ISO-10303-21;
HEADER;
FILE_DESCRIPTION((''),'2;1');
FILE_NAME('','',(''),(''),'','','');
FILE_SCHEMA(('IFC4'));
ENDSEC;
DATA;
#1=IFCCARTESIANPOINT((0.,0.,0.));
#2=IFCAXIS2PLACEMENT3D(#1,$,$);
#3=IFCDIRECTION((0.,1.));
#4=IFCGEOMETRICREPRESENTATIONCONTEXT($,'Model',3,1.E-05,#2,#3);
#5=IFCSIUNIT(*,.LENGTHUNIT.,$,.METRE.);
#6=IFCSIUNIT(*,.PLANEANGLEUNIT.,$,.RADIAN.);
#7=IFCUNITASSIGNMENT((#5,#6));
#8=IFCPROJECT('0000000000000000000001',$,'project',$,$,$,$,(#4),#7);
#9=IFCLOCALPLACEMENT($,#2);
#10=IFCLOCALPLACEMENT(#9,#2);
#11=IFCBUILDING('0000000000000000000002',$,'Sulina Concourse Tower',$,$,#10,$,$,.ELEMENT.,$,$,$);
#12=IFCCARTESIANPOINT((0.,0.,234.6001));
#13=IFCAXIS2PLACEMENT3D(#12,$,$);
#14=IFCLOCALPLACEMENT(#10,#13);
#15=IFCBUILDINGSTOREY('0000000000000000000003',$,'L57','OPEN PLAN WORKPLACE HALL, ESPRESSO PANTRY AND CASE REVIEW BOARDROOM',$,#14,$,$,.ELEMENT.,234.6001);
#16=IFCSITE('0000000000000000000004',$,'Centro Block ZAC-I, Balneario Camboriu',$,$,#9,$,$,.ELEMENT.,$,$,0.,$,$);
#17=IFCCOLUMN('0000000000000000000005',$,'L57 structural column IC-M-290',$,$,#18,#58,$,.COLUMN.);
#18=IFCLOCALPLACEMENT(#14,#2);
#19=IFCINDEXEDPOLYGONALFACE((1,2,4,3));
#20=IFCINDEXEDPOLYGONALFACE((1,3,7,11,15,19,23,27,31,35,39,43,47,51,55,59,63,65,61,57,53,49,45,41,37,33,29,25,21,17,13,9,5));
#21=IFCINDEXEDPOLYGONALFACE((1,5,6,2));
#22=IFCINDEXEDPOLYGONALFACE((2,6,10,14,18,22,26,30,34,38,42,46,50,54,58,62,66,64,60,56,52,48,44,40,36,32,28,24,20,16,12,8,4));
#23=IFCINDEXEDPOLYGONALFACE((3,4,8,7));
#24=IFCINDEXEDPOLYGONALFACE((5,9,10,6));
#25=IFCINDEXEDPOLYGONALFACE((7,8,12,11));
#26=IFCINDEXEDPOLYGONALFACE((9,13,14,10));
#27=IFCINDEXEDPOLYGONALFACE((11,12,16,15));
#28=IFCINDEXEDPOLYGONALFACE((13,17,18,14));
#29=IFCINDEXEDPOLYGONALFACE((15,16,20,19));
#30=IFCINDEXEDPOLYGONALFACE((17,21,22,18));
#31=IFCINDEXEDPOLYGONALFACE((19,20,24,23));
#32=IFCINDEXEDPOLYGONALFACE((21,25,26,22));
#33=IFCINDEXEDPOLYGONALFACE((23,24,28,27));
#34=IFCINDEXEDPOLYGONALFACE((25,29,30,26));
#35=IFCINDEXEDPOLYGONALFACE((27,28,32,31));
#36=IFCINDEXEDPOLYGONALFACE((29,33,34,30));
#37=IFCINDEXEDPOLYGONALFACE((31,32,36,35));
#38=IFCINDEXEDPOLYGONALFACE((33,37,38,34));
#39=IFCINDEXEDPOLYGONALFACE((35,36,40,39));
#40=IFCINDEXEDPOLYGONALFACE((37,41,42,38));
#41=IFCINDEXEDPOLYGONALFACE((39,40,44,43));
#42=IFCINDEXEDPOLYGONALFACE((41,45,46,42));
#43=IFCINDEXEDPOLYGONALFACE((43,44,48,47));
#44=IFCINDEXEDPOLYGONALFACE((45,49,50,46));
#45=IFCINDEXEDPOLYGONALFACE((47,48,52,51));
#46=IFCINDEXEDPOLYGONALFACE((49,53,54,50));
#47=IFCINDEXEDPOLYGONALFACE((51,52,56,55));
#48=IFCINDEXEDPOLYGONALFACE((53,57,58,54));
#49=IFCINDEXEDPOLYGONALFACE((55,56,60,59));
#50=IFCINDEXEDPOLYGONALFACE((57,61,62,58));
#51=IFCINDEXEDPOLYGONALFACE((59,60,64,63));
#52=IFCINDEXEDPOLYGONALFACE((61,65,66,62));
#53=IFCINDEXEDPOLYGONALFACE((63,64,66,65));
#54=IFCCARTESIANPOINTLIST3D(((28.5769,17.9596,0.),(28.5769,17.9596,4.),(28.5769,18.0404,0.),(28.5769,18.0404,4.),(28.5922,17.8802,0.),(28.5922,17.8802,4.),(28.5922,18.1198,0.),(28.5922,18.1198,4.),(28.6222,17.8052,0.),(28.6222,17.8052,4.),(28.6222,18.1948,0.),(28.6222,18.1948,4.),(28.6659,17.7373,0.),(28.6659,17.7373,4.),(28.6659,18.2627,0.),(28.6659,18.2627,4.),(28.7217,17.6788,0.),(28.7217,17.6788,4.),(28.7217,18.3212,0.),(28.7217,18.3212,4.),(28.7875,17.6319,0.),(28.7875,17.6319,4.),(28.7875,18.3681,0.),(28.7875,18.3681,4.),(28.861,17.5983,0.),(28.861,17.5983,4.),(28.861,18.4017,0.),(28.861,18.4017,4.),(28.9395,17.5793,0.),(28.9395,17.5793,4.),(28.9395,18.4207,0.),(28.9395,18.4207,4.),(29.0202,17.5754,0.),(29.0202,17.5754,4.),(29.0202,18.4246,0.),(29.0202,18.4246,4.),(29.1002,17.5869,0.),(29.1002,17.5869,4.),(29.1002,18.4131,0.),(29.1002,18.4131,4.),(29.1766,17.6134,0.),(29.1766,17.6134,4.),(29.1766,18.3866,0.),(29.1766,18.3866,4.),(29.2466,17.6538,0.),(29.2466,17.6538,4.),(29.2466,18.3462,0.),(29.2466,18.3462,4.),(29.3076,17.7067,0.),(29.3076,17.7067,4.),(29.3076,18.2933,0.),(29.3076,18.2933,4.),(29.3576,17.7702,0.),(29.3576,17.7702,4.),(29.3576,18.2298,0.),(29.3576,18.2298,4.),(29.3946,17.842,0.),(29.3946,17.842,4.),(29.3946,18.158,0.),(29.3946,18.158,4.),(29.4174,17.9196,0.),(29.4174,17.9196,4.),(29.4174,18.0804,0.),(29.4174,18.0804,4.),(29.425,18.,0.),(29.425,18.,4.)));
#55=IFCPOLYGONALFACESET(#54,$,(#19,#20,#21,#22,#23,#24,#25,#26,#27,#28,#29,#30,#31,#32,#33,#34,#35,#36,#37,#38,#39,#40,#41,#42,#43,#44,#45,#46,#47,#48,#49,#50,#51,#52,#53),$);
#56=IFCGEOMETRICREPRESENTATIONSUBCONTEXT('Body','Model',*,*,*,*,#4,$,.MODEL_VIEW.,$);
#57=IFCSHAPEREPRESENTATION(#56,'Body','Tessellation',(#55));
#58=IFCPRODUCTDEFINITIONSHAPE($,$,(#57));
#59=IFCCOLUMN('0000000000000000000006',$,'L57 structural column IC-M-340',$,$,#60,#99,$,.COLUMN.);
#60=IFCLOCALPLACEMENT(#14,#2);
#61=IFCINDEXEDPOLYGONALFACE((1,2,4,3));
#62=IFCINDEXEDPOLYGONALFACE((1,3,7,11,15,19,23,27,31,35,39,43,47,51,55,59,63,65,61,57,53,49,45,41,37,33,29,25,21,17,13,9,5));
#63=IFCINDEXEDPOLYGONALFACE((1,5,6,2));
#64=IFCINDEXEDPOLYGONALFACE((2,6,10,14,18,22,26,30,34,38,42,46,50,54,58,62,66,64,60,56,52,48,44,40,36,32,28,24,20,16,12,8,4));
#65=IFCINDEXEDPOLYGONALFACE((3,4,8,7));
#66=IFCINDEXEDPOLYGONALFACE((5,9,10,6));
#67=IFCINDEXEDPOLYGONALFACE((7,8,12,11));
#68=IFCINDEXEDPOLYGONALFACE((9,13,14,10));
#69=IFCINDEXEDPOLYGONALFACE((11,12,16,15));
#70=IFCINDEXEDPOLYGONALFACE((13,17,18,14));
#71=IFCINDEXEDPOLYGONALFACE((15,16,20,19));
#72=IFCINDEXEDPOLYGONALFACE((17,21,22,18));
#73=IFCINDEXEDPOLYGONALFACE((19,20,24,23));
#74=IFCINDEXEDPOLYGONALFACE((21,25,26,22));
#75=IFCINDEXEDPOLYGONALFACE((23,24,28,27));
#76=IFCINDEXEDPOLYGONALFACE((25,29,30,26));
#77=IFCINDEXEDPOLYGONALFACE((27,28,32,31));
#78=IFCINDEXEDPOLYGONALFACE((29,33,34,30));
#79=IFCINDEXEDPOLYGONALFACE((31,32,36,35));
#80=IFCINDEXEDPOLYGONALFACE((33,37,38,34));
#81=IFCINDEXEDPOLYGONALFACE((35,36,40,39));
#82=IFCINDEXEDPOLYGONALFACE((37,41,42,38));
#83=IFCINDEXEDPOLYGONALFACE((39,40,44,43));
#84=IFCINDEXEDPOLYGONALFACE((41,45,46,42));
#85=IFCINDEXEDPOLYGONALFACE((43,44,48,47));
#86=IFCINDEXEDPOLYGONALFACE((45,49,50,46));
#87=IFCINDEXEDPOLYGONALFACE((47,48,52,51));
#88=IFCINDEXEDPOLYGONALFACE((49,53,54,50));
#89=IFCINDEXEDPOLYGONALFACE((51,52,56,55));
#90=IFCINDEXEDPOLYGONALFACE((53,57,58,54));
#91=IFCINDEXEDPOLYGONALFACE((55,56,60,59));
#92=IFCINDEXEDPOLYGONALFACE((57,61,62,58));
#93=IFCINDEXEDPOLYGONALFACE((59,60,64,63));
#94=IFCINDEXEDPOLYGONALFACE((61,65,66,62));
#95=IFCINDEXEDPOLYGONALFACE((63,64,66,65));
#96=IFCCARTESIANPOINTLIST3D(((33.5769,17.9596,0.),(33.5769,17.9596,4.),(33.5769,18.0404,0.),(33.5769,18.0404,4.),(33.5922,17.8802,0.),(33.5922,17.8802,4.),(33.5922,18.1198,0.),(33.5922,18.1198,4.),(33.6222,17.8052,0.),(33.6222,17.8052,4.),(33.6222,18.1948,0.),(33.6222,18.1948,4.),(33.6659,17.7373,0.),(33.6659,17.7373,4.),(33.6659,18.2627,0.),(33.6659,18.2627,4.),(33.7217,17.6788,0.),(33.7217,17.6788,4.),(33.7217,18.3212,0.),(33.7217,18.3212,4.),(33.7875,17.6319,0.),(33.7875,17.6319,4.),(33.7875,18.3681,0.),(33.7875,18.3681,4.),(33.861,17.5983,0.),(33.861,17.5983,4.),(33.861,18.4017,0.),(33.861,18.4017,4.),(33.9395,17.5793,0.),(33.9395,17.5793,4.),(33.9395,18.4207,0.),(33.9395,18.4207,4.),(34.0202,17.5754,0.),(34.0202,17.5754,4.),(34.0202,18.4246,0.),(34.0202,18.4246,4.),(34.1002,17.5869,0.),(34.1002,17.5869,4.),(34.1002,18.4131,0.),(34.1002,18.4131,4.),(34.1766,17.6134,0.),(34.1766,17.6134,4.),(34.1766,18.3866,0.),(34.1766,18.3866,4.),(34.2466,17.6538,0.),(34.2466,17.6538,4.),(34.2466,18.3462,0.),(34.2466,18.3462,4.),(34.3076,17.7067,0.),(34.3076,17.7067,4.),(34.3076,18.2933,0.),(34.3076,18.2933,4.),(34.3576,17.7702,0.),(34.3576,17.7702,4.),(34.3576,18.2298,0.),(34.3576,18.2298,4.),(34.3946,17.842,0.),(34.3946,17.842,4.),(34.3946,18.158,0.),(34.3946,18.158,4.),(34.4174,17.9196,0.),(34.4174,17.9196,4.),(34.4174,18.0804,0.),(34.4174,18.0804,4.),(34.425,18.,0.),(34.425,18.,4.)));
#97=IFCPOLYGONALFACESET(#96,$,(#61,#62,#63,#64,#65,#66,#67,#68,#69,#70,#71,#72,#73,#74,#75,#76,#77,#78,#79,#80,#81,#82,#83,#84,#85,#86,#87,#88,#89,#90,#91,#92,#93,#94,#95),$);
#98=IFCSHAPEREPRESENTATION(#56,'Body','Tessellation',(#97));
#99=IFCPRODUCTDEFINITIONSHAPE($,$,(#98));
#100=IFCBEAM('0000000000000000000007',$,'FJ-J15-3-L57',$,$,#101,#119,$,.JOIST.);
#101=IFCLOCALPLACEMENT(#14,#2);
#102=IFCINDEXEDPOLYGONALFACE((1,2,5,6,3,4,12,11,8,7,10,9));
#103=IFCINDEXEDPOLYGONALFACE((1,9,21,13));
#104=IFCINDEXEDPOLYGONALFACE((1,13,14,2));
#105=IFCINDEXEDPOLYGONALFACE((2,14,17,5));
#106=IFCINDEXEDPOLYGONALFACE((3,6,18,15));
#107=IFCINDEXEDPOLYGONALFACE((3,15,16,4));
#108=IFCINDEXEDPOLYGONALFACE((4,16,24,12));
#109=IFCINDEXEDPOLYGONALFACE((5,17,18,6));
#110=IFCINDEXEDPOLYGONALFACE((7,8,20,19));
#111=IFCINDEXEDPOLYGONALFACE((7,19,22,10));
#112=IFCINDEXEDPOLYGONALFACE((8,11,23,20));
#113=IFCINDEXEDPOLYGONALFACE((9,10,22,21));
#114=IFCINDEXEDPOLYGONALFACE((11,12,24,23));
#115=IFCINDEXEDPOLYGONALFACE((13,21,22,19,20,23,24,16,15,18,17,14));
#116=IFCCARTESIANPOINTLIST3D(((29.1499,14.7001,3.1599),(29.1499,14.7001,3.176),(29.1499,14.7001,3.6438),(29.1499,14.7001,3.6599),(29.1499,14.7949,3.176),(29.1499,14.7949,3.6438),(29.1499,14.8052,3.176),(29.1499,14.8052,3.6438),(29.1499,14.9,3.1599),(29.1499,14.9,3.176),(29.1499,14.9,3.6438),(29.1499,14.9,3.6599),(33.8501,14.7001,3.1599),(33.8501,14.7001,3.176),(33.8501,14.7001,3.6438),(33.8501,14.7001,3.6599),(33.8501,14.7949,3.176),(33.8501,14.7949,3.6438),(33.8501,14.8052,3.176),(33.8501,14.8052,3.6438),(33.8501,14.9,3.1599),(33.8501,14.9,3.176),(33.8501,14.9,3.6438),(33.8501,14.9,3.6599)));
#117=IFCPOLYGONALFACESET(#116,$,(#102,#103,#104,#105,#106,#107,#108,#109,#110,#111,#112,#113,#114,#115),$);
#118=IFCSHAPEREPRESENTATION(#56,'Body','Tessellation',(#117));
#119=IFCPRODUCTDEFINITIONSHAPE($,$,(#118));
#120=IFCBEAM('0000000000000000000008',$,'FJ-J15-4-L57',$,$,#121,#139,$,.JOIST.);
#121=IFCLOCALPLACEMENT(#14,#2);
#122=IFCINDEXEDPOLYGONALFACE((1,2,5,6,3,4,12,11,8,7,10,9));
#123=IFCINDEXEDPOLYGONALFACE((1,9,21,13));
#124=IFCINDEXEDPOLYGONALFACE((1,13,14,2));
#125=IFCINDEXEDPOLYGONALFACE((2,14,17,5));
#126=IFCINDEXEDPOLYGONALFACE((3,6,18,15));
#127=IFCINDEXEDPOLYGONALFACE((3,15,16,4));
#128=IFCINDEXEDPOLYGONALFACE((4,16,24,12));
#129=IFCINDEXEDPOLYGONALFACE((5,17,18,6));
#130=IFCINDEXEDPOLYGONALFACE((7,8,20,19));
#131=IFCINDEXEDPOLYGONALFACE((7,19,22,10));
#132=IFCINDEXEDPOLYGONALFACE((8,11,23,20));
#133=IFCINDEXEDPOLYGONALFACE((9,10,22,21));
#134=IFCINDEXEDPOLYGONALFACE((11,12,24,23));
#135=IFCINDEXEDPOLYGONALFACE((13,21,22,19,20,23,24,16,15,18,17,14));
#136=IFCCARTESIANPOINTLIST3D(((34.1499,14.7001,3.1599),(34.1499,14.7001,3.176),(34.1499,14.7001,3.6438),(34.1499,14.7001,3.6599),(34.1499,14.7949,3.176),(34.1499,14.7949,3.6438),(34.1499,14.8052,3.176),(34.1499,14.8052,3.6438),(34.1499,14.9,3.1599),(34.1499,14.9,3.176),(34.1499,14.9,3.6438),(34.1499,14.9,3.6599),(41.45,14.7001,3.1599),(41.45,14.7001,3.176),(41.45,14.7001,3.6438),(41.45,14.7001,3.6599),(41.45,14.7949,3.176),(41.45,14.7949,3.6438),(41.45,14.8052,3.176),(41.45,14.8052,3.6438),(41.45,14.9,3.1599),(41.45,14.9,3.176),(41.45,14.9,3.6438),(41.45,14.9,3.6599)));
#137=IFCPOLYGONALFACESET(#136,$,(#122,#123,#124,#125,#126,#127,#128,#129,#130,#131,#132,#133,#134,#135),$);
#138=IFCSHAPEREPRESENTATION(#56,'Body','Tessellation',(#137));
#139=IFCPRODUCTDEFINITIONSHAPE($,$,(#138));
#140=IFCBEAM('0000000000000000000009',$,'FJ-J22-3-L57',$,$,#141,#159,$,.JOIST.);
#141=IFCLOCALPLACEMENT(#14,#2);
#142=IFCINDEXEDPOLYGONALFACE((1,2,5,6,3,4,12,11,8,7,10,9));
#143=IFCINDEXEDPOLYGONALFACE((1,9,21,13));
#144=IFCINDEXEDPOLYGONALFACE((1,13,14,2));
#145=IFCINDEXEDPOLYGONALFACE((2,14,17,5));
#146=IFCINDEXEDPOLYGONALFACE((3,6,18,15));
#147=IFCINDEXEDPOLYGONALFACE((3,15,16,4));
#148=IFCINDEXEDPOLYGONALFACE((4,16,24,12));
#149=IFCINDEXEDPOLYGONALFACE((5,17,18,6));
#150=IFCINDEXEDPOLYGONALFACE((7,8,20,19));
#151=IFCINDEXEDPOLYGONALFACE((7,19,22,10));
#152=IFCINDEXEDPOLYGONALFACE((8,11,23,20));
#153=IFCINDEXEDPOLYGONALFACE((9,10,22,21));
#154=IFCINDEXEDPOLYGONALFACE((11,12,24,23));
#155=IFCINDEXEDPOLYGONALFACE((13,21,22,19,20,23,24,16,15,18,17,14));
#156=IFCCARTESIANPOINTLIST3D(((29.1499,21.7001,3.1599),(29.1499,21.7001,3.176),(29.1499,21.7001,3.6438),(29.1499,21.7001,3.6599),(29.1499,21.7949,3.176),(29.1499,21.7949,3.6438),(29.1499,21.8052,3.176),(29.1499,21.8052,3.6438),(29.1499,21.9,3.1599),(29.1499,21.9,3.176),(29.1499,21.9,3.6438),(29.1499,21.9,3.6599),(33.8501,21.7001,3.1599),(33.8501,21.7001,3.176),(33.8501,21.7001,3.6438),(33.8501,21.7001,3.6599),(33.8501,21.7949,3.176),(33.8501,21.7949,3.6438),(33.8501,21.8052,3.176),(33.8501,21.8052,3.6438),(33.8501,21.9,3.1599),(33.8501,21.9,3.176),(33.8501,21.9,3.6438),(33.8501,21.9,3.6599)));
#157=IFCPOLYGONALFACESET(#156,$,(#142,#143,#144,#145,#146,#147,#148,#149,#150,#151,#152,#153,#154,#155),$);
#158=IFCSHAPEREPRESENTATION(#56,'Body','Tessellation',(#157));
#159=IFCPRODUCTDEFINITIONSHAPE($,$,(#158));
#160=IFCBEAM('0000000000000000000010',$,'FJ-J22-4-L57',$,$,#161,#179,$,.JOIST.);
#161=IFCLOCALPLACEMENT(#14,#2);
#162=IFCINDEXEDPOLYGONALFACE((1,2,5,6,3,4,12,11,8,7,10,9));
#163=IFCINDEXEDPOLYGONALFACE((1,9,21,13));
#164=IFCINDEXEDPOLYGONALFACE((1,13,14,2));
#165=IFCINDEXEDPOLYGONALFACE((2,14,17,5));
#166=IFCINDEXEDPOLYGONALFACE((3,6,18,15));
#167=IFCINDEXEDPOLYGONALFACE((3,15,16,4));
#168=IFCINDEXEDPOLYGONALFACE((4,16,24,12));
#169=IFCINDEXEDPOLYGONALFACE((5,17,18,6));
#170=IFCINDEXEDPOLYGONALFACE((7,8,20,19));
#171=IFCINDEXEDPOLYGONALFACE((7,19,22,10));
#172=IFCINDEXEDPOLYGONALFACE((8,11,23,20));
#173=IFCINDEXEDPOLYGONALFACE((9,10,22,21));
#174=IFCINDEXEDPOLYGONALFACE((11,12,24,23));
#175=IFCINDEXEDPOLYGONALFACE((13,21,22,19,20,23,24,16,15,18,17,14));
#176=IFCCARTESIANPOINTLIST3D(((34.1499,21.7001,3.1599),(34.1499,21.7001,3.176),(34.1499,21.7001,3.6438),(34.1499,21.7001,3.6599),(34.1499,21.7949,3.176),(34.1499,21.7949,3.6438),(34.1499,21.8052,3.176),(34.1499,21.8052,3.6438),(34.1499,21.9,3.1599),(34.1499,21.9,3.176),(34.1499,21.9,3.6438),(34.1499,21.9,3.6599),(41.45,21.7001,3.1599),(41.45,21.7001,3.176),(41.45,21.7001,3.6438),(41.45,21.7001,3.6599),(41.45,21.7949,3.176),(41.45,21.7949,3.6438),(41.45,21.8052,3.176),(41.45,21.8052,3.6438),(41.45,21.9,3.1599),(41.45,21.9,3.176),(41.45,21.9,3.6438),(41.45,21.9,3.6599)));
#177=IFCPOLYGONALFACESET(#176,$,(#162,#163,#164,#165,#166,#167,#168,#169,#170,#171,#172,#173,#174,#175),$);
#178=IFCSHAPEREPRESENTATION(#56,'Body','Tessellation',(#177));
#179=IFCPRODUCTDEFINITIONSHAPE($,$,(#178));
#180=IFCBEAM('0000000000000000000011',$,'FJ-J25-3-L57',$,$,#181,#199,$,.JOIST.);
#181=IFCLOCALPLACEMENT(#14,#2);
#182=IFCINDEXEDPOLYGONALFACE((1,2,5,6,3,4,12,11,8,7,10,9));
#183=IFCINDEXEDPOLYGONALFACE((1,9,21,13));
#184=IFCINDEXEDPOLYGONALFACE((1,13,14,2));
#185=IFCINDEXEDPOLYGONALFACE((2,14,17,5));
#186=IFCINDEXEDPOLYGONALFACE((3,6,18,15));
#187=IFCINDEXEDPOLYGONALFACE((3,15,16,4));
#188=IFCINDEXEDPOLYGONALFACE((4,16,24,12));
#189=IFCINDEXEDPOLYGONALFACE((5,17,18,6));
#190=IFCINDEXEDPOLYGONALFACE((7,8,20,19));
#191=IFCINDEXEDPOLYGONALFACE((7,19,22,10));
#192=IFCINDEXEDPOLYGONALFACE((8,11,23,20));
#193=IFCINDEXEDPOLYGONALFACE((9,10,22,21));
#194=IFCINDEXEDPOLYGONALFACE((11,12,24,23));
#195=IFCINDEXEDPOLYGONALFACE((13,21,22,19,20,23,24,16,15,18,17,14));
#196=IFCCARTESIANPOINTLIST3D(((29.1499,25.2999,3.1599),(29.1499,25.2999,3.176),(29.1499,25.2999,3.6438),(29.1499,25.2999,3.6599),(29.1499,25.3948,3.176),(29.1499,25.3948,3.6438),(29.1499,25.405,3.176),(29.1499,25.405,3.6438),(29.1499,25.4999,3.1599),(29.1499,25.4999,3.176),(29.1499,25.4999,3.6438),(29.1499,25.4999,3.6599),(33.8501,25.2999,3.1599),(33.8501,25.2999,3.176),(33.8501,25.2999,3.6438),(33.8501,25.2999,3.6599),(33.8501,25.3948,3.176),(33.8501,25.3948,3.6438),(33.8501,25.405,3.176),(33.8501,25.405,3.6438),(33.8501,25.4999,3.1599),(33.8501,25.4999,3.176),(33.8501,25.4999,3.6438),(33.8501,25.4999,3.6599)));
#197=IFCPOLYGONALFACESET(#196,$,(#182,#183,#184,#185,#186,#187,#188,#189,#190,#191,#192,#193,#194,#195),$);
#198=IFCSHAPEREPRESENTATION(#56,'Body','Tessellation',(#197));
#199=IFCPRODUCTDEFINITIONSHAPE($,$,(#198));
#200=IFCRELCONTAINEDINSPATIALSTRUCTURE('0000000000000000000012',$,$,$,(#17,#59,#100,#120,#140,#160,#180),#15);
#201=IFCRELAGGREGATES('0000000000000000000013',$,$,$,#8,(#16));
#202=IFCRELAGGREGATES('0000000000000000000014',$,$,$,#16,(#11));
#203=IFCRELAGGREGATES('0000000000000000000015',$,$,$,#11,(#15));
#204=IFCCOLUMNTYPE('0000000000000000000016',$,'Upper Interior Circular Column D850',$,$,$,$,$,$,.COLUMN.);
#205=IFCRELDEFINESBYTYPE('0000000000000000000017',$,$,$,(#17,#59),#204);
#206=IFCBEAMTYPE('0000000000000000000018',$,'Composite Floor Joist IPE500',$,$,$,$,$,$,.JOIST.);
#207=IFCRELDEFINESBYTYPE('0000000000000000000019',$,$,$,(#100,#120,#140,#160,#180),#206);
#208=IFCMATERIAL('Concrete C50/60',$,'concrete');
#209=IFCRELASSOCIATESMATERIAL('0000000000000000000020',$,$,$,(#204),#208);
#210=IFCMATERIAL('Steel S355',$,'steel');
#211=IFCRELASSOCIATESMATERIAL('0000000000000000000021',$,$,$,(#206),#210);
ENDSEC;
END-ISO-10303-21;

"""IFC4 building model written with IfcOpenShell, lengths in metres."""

from ifc_helpers import new_model, si_unit, direction, frame, origin, origin_2d, place, context, subcontext, project, spatial, circle, i_section, extrude, material, material_profile, profile_set, type_object, element, save


model = new_model("IFC4")

# Units and contexts
model_context = context("Model", 3, precision=1e-05, world=origin(), true_north=direction((0.0, 1.0)))
body_context = subcontext(model_context, "Body", "Model", "MODEL_VIEW")
ifc_project = project(units=[si_unit("LENGTHUNIT", "METRE"), si_unit("PLANEANGLEUNIT", "RADIAN")], contexts=[model_context])

# Site, building, storey
site_placement = place(None, origin())
site = spatial("IfcSite", under=ifc_project, at=site_placement, Name="Centro Block ZAC-I, Balneario Camboriu", CompositionType="ELEMENT", RefElevation=0.0)
building_placement = place(site_placement, origin())
building = spatial("IfcBuilding", under=site, at=building_placement, Name="Sulina Concourse Tower", CompositionType="ELEMENT")
storey_placement = place(building_placement, frame((0.0, 0.0, 234.6001)))
storey = spatial("IfcBuildingStorey", under=building, at=storey_placement, Name="L57", Description="OPEN PLAN WORKPLACE HALL, ESPRESSO PANTRY AND CASE REVIEW BOARDROOM", CompositionType="ELEMENT", Elevation=234.6001)

# Columns
ifc_material_1 = material(Name="Concrete C50/60", Category="concrete")
ifc_material_profile_1 = material_profile(ifc_material_1, circle(Radius=0.425, at=origin_2d()), Name="RC D850")
ifc_profile_set_1 = profile_set([ifc_material_profile_1], Name="Concrete C50/60")
column_type = type_object("IfcColumnType", Name="Upper Interior Circular Column D850", PredefinedType="COLUMN", material=ifc_profile_set_1)
for number, where, z_axis, x_axis, name in (
    (1, (29.0, 18.0, 0.0), (0.0, 0.0, 1.0), (1.0, 0.0, 0.0), "L57 structural column IC-M-290"),
    (2, (34.0, 18.0, 0.0), (0.0, 0.0, 1.0), (1.0, 0.0, 0.0), "L57 structural column IC-M-340"),
):
    element("IfcColumn", number, at=place(storey_placement, frame(where, z_axis=z_axis, x_axis=x_axis)), inside=storey, type_object=column_type, Name=name, PredefinedType="COLUMN", context=body_context, shape_type="SweptSolid", body=[
        extrude(circle(Radius=0.425, at=origin_2d()), origin(), (0.0, 0.0, 1.0), 4.0),
    ])

# Beams
ifc_material_2 = material(Name="Steel S355", Category="steel")
ifc_material_profile_2 = material_profile(ifc_material_2, i_section(OverallWidth=0.2, OverallDepth=0.5, WebThickness=0.0103, FlangeThickness=0.0161, at=origin_2d()), Name="IPE 500")
ifc_profile_set_2 = profile_set([ifc_material_profile_2], Name="Steel S355")
beam_type_1 = type_object("IfcBeamType", Name="Composite Floor Joist IPE500", PredefinedType="JOIST", material=ifc_profile_set_2)
beam_1_placement = place(storey_placement, frame((29.1499, 14.8, 3.4099), z_axis=(1.0, 0.0, 0.0), x_axis=(0.0, 1.0, 0.0)))
element("IfcBeam", 3, at=beam_1_placement, inside=storey, type_object=beam_type_1, Name="FJ-J15-3-L57", PredefinedType="JOIST", context=body_context, shape_type="SweptSolid", body=[
    extrude(i_section(OverallWidth=0.2, OverallDepth=0.5, WebThickness=0.0103, FlangeThickness=0.0161, at=origin_2d()), origin(), (0.0, 0.0, 1.0), 4.7002),
])
beam_2_placement = place(storey_placement, frame((34.1499, 14.8, 3.4099), z_axis=(1.0, 0.0, 0.0), x_axis=(0.0, 1.0, 0.0)))
element("IfcBeam", 4, at=beam_2_placement, inside=storey, type_object=beam_type_1, Name="FJ-J15-4-L57", PredefinedType="JOIST", context=body_context, shape_type="SweptSolid", body=[
    extrude(i_section(OverallWidth=0.2, OverallDepth=0.5, WebThickness=0.0103, FlangeThickness=0.0161, at=origin_2d()), origin(), (0.0, 0.0, 1.0), 7.3),
])
beam_3_placement = place(storey_placement, frame((29.1499, 21.8, 3.4099), z_axis=(1.0, 0.0, 0.0), x_axis=(0.0, 1.0, 0.0)))
element("IfcBeam", 5, at=beam_3_placement, inside=storey, type_object=beam_type_1, Name="FJ-J22-3-L57", PredefinedType="JOIST", context=body_context, shape_type="SweptSolid", body=[
    extrude(i_section(OverallWidth=0.2, OverallDepth=0.5, WebThickness=0.0103, FlangeThickness=0.0161, at=origin_2d()), origin(), (0.0, 0.0, 1.0), 4.7002),
])
beam_4_placement = place(storey_placement, frame((34.1499, 21.8, 3.4099), z_axis=(1.0, 0.0, 0.0), x_axis=(0.0, 1.0, 0.0)))
element("IfcBeam", 6, at=beam_4_placement, inside=storey, type_object=beam_type_1, Name="FJ-J22-4-L57", PredefinedType="JOIST", context=body_context, shape_type="SweptSolid", body=[
    extrude(i_section(OverallWidth=0.2, OverallDepth=0.5, WebThickness=0.0103, FlangeThickness=0.0161, at=origin_2d()), origin(), (0.0, 0.0, 1.0), 7.3),
])
beam_5_placement = place(storey_placement, frame((29.1499, 25.3999, 3.4099), z_axis=(1.0, 0.0, 0.0), x_axis=(0.0, 1.0, 0.0)))
element("IfcBeam", 7, at=beam_5_placement, inside=storey, type_object=beam_type_1, Name="FJ-J25-3-L57", PredefinedType="JOIST", context=body_context, shape_type="SweptSolid", body=[
    extrude(i_section(OverallWidth=0.2, OverallDepth=0.5, WebThickness=0.0103, FlangeThickness=0.0161, at=origin_2d()), origin(), (0.0, 0.0, 1.0), 4.7002),
])

save(model, "model.ifc")
